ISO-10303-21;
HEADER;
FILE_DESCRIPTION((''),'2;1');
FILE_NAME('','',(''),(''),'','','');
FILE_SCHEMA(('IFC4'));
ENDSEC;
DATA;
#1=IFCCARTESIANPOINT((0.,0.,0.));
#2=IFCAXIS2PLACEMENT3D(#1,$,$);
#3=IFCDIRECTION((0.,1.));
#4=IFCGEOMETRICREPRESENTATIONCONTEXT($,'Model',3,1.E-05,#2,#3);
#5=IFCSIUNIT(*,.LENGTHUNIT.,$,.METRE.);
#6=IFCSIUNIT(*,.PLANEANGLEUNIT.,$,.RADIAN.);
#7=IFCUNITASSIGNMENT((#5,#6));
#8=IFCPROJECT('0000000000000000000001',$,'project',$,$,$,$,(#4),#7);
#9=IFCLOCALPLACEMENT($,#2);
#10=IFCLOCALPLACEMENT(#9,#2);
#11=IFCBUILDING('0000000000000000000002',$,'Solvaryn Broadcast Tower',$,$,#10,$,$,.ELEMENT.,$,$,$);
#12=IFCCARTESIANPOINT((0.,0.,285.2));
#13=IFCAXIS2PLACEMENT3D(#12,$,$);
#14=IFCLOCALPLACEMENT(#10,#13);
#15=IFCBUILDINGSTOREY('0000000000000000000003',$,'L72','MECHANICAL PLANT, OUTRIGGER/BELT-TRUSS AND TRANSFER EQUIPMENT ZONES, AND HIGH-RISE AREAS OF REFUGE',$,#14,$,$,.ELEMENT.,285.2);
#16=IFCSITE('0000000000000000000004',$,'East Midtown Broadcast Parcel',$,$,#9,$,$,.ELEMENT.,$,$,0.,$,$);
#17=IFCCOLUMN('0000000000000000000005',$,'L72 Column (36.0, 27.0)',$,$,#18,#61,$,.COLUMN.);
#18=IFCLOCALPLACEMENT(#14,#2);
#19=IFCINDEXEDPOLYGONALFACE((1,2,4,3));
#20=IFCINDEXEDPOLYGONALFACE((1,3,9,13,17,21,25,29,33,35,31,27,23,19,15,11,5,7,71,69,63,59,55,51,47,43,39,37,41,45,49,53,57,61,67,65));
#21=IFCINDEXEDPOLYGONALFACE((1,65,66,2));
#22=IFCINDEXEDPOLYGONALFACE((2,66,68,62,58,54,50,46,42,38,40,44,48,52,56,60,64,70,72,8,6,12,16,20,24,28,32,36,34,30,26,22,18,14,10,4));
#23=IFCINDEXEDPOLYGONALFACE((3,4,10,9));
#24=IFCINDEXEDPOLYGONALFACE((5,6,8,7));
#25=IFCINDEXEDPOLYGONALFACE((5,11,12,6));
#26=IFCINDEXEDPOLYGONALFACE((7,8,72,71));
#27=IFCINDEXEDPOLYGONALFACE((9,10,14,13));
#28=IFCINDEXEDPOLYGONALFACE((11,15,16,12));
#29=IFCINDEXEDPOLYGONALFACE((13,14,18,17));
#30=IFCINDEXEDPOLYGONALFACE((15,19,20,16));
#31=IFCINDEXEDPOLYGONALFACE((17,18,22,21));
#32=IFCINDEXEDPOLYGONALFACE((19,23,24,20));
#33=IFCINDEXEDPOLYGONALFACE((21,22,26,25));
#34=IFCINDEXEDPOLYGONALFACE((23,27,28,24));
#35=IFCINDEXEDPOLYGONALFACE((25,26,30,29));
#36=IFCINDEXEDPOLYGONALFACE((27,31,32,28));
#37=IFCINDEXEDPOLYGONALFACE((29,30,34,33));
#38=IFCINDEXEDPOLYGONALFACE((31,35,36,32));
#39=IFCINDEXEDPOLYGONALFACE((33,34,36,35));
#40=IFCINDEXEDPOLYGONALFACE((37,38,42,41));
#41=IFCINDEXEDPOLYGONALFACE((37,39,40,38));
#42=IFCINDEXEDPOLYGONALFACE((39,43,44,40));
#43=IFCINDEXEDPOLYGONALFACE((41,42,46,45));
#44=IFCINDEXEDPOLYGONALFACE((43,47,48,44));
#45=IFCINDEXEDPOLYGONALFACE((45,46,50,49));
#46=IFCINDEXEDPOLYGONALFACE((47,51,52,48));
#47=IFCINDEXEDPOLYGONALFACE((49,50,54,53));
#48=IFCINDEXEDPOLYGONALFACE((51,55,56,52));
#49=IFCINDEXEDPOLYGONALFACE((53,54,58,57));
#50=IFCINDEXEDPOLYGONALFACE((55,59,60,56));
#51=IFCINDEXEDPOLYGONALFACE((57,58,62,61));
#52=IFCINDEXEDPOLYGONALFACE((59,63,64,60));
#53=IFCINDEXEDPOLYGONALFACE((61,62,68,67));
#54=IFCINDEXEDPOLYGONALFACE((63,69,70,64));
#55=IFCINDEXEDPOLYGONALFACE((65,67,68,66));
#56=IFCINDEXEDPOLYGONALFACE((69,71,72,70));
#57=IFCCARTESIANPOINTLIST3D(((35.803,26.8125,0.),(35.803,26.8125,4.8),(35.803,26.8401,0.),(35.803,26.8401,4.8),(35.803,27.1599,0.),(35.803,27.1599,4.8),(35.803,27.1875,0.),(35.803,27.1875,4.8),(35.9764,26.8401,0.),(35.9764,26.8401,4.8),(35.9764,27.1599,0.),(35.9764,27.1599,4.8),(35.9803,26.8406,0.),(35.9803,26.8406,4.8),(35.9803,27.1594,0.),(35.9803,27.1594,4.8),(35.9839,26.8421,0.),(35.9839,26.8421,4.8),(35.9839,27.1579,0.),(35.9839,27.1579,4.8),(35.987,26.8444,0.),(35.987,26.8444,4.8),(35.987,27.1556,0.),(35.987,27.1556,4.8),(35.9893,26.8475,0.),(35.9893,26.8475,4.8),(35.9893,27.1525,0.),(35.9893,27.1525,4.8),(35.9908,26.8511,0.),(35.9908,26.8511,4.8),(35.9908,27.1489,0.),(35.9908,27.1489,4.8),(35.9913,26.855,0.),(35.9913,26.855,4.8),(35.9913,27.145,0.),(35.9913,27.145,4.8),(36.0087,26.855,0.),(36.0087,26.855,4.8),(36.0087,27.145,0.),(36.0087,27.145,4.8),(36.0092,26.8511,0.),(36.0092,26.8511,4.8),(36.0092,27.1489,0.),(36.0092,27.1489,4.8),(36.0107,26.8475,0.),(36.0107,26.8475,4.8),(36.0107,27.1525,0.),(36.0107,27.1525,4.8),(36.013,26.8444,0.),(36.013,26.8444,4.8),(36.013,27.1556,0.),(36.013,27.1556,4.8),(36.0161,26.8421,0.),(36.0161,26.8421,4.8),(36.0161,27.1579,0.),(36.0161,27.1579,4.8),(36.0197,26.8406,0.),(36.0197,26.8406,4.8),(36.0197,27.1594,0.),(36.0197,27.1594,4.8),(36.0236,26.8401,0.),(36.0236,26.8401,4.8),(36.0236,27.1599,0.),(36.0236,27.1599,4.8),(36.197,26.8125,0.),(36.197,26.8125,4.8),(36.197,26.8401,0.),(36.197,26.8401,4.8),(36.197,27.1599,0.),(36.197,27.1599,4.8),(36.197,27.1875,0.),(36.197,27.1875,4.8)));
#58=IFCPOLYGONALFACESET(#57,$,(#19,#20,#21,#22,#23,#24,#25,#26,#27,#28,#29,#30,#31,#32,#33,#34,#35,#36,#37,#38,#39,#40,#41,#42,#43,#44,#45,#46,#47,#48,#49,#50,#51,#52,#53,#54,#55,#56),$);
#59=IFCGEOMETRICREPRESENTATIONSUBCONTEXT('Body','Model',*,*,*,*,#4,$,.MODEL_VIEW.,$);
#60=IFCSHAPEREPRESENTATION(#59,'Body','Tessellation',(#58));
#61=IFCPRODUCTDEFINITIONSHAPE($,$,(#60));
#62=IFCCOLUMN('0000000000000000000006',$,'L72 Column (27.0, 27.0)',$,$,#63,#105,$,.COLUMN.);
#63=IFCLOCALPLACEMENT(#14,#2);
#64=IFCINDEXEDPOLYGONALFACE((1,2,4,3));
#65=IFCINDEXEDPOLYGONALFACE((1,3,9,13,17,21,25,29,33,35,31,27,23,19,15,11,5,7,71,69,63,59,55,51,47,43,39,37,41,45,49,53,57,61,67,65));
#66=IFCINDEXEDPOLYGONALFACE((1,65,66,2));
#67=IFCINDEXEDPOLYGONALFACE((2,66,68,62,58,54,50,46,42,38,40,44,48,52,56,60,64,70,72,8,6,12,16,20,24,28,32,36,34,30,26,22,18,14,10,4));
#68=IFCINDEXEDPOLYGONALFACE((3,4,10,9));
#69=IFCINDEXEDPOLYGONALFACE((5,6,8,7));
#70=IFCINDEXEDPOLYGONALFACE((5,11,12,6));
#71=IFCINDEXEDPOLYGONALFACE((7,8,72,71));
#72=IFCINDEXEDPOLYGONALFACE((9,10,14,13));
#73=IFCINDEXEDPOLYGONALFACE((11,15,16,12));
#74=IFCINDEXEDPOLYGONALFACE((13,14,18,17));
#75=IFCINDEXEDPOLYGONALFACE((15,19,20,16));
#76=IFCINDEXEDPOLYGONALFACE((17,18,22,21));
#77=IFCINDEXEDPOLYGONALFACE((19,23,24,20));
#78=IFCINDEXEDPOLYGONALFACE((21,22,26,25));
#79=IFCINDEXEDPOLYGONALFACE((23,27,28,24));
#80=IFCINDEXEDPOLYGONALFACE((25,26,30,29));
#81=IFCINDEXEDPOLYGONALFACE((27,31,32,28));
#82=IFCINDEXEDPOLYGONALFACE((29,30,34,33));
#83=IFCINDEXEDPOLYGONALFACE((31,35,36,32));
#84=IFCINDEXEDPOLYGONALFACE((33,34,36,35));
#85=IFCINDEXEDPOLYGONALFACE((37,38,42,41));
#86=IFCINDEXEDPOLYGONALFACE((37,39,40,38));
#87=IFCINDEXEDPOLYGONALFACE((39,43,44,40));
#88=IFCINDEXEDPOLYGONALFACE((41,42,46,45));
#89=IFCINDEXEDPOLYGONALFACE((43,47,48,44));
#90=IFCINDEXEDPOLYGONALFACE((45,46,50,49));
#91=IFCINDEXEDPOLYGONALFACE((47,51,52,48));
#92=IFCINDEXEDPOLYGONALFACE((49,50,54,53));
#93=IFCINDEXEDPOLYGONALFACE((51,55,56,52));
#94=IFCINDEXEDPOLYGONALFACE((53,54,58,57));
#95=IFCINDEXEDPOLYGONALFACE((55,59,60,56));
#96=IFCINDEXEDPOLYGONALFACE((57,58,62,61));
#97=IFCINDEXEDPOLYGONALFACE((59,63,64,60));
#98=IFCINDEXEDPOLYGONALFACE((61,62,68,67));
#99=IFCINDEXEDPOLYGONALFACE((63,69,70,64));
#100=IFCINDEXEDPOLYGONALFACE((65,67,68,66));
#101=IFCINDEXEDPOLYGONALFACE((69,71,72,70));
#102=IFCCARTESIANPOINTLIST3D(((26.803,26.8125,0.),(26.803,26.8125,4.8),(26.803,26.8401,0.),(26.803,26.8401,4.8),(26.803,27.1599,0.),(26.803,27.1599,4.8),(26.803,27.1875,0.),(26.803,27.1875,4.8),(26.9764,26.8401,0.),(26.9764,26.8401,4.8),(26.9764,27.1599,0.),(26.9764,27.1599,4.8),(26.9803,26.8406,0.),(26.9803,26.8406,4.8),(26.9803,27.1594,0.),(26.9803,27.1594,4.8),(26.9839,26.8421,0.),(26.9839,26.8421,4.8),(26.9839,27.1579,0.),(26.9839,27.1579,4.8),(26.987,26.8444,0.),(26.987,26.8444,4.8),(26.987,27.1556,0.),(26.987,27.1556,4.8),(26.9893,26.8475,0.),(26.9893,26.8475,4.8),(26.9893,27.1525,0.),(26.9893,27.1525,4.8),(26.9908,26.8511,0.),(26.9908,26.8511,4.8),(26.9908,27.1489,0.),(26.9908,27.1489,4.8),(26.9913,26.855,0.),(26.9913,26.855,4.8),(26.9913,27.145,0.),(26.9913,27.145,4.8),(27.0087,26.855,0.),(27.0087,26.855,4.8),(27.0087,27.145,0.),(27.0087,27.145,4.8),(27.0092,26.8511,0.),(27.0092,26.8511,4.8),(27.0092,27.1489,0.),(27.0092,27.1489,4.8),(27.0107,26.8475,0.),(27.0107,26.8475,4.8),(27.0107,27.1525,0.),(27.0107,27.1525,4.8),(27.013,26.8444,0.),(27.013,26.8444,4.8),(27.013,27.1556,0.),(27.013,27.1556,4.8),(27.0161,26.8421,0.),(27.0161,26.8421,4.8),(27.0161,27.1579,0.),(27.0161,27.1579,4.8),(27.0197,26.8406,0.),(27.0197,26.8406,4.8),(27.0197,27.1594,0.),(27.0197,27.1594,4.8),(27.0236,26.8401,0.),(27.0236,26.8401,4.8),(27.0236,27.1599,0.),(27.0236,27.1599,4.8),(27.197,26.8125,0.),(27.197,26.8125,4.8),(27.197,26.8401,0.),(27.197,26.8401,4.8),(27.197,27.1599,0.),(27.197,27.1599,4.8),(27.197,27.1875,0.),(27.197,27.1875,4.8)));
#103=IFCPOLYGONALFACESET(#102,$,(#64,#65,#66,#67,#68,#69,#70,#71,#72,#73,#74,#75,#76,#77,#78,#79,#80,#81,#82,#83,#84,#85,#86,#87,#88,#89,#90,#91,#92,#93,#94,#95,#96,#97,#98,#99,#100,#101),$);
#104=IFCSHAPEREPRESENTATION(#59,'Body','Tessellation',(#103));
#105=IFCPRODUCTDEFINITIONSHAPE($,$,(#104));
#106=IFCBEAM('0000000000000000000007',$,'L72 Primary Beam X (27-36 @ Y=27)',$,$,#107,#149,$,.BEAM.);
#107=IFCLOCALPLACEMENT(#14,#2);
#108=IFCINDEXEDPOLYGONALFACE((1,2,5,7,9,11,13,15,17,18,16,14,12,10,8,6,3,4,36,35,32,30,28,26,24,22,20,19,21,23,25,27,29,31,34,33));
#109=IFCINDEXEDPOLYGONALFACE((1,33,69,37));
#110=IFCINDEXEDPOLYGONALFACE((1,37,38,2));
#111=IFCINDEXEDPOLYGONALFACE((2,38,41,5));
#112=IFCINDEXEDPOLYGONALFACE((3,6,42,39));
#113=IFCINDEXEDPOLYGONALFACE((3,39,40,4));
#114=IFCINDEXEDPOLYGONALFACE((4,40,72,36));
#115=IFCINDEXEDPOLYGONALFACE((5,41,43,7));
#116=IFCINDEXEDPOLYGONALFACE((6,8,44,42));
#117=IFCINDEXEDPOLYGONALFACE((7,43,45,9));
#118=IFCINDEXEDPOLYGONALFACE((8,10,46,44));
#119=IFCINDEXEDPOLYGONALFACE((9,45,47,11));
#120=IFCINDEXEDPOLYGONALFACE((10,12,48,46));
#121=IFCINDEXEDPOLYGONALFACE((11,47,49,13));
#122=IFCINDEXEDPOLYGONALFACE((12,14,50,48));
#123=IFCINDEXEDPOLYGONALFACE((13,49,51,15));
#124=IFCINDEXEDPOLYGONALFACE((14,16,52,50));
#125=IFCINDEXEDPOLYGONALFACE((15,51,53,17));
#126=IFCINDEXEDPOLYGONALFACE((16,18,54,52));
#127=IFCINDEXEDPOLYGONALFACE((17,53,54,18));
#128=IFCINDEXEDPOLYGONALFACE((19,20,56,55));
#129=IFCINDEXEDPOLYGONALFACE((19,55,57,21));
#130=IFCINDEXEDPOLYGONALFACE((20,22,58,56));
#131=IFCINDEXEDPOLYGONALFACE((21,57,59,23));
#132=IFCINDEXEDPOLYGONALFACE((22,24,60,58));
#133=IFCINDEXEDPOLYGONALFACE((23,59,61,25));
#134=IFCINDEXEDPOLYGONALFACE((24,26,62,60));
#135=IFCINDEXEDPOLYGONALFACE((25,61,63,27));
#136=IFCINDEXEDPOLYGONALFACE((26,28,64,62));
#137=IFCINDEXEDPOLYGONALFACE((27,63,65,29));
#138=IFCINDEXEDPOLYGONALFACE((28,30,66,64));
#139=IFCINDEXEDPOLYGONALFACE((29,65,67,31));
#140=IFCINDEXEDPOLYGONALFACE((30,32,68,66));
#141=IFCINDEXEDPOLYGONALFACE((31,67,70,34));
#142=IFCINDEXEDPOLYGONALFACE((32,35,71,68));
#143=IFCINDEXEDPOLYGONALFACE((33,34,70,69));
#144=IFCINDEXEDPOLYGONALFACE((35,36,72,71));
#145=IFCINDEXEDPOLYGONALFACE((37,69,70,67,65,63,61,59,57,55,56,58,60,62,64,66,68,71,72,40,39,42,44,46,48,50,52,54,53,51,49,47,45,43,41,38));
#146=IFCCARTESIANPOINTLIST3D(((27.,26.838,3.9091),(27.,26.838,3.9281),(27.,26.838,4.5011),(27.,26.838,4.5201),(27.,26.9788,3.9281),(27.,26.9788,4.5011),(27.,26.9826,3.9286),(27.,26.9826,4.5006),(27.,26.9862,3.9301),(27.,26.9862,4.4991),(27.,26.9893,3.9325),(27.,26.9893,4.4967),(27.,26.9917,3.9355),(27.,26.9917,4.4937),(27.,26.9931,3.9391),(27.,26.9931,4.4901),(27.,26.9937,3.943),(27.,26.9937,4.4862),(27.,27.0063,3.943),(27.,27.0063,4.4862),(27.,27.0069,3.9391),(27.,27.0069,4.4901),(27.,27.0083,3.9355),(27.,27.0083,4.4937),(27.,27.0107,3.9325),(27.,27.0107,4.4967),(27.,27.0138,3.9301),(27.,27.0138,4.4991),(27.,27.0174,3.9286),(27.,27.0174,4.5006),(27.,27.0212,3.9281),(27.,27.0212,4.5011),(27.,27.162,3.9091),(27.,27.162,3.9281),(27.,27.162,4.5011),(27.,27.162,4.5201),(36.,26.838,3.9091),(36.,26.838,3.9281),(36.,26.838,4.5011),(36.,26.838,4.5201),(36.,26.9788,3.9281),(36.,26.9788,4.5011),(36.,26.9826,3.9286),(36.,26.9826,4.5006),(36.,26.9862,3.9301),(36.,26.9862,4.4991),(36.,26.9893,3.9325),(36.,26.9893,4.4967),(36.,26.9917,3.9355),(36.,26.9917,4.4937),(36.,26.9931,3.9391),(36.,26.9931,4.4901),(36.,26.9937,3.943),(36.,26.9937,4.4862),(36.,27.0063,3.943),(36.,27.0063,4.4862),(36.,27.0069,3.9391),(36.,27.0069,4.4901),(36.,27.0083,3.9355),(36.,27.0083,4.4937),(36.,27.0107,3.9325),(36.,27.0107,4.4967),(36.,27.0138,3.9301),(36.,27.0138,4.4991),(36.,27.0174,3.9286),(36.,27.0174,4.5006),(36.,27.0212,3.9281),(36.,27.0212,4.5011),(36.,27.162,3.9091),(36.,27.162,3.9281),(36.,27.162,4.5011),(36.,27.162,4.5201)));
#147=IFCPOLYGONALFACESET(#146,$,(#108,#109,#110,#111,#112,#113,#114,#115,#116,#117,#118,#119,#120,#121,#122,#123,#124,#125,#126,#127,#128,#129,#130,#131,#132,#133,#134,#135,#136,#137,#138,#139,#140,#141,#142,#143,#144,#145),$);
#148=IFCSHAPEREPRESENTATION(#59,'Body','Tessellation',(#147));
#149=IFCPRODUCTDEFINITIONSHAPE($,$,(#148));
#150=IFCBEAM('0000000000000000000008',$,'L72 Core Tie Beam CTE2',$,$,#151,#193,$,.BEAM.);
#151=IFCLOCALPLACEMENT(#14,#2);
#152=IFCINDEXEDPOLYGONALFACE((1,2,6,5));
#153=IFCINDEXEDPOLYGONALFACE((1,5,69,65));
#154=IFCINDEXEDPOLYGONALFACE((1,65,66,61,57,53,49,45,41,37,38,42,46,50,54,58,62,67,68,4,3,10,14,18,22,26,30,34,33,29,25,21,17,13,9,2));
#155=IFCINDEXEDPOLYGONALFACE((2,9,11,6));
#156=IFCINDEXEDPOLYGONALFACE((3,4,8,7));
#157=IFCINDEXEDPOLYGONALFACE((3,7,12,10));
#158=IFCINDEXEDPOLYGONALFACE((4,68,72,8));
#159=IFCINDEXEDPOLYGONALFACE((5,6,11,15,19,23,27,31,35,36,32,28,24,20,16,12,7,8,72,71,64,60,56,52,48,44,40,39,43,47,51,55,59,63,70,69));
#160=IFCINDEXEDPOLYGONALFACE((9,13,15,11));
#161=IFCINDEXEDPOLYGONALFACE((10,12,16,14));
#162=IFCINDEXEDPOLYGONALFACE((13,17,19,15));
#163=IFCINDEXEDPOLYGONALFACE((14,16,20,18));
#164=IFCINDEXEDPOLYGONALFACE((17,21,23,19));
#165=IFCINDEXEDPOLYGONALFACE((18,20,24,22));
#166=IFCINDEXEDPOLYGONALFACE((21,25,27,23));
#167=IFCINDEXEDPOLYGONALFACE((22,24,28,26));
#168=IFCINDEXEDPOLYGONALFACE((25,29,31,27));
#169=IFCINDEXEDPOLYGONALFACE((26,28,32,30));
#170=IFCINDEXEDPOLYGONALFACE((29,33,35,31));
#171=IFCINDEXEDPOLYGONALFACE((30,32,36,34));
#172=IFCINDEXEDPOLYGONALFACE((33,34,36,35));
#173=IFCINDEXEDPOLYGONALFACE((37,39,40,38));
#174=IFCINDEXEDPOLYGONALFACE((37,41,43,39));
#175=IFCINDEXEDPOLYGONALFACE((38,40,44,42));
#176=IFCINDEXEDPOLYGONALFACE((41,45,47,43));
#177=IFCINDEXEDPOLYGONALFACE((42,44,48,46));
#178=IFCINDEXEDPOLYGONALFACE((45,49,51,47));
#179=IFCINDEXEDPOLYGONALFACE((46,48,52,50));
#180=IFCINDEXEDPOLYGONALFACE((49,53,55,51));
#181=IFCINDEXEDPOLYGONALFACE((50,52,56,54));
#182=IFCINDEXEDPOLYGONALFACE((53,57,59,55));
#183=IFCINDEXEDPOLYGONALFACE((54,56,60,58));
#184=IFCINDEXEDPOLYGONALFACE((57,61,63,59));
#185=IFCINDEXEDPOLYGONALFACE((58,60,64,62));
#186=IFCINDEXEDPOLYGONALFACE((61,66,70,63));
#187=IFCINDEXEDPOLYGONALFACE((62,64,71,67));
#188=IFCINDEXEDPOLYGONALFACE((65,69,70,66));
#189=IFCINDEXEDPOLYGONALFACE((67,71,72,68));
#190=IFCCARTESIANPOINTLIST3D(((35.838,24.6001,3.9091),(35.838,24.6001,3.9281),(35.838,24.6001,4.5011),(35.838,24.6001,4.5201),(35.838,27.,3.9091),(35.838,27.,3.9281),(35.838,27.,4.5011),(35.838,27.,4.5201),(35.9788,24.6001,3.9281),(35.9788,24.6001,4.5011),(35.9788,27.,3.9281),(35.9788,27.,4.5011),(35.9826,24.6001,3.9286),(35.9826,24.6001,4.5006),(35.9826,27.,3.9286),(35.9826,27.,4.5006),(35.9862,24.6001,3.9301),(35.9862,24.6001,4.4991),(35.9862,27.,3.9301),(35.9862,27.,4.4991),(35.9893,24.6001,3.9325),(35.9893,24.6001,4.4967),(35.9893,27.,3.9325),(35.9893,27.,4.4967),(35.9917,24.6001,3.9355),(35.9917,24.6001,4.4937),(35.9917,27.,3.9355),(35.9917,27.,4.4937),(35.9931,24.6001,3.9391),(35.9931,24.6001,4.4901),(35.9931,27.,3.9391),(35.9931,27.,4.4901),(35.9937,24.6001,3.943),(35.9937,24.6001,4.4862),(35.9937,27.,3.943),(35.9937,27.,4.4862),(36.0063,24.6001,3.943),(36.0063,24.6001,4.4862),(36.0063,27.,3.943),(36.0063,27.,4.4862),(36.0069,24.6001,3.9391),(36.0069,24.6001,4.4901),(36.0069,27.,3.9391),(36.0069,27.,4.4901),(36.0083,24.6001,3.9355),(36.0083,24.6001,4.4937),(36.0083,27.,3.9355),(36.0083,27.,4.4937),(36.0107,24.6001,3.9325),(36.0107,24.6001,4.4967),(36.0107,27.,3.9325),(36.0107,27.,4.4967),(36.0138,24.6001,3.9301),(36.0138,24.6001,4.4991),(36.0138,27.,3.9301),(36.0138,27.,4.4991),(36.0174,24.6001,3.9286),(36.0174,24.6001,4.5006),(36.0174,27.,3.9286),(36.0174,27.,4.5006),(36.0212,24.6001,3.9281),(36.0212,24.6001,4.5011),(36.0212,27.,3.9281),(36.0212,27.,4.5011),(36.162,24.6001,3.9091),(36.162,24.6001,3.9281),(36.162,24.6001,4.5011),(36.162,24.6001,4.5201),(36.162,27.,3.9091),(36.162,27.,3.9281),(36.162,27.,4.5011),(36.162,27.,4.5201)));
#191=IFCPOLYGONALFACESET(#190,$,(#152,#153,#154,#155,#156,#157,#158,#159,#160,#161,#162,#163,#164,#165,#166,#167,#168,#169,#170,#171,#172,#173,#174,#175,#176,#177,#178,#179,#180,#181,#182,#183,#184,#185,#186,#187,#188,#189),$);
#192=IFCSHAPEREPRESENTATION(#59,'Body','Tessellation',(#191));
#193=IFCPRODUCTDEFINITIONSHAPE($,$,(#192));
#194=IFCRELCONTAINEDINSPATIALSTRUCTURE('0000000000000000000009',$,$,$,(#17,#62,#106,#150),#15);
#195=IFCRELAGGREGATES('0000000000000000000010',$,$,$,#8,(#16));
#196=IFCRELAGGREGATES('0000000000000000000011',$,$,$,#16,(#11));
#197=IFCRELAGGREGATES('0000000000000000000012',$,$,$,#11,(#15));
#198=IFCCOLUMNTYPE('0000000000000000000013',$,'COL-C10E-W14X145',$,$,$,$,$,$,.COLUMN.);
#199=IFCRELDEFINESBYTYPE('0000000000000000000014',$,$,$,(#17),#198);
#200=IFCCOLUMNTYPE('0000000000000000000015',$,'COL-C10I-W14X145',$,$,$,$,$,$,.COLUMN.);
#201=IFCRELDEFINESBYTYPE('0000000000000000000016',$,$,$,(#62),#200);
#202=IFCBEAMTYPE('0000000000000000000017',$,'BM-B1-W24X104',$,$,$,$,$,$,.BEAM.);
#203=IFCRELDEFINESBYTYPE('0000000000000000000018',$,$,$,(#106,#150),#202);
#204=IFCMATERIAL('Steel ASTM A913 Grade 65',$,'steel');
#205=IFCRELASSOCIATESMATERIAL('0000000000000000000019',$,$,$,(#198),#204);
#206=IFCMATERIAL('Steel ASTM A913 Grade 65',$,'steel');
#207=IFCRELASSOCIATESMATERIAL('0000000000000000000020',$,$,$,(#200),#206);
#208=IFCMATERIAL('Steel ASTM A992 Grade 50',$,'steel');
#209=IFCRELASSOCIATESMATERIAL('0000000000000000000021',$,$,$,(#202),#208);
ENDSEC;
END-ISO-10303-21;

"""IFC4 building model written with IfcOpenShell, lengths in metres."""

from ifc_helpers import new_model, si_unit, direction, frame, origin, origin_2d, place, context, subcontext, project, spatial, i_section, extrude, material, material_profile, profile_set, type_object, element, save


model = new_model("IFC4")

# Units and contexts
model_context = context("Model", 3, precision=1e-05, world=origin(), true_north=direction((0.0, 1.0)))
body_context = subcontext(model_context, "Body", "Model", "MODEL_VIEW")
ifc_project = project(units=[si_unit("LENGTHUNIT", "METRE"), si_unit("PLANEANGLEUNIT", "RADIAN")], contexts=[model_context])

# Site, building, storey
site_placement = place(None, origin())
site = spatial("IfcSite", under=ifc_project, at=site_placement, Name="East Midtown Broadcast Parcel", CompositionType="ELEMENT", RefElevation=0.0)
building_placement = place(site_placement, origin())
building = spatial("IfcBuilding", under=site, at=building_placement, Name="Solvaryn Broadcast Tower", CompositionType="ELEMENT")
storey_placement = place(building_placement, frame((0.0, 0.0, 285.2)))
storey = spatial("IfcBuildingStorey", under=building, at=storey_placement, Name="L72", Description="MECHANICAL PLANT, OUTRIGGER/BELT-TRUSS AND TRANSFER EQUIPMENT ZONES, AND HIGH-RISE AREAS OF REFUGE", CompositionType="ELEMENT", Elevation=285.2)

# Columns
ifc_material_1 = material(Name="Steel ASTM A913 Grade 65", Category="steel")
ifc_material_profile_1 = material_profile(ifc_material_1, i_section(OverallWidth=0.394, OverallDepth=0.375, WebThickness=0.0173, FlangeThickness=0.0276, FilletRadius=0.0149, at=origin_2d()))
ifc_profile_set_1 = profile_set([ifc_material_profile_1], Name="Steel ASTM A913 Grade 65")
column_type_1 = type_object("IfcColumnType", Name="COL-C10E-W14X145", PredefinedType="COLUMN", material=ifc_profile_set_1)
column_1_placement = place(storey_placement, frame((36.0, 27.0, 0.0), z_axis=(0.0, 0.0, 1.0), x_axis=(1.0, 0.0, 0.0)))
element("IfcColumn", 1, at=column_1_placement, inside=storey, type_object=column_type_1, Name="L72 Column (36.0, 27.0)", PredefinedType="COLUMN", context=body_context, shape_type="SweptSolid", body=[
    extrude(i_section(OverallWidth=0.394, OverallDepth=0.375, WebThickness=0.0173, FlangeThickness=0.0276, FilletRadius=0.0149, at=origin_2d()), origin(), (0.0, 0.0, 1.0), 4.8),
])
ifc_material_2 = material(Name="Steel ASTM A913 Grade 65", Category="steel")
ifc_material_profile_2 = material_profile(ifc_material_2, i_section(OverallWidth=0.394, OverallDepth=0.375, WebThickness=0.0173, FlangeThickness=0.0276, FilletRadius=0.0149, at=origin_2d()))
ifc_profile_set_2 = profile_set([ifc_material_profile_2], Name="Steel ASTM A913 Grade 65")
column_type_2 = type_object("IfcColumnType", Name="COL-C10I-W14X145", PredefinedType="COLUMN", material=ifc_profile_set_2)
column_2_placement = place(storey_placement, frame((27.0, 27.0, 0.0), z_axis=(0.0, 0.0, 1.0), x_axis=(1.0, 0.0, 0.0)))
element("IfcColumn", 2, at=column_2_placement, inside=storey, type_object=column_type_2, Name="L72 Column (27.0, 27.0)", PredefinedType="COLUMN", context=body_context, shape_type="SweptSolid", body=[
    extrude(i_section(OverallWidth=0.394, OverallDepth=0.375, WebThickness=0.0173, FlangeThickness=0.0276, FilletRadius=0.0149, at=origin_2d()), origin(), (0.0, 0.0, 1.0), 4.8),
])

# Beams
ifc_material_3 = material(Name="Steel ASTM A992 Grade 50", Category="steel")
ifc_material_profile_3 = material_profile(ifc_material_3, i_section(OverallWidth=0.324, OverallDepth=0.6111, WebThickness=0.0127, FlangeThickness=0.019, FilletRadius=0.0149, at=origin_2d()))
ifc_profile_set_3 = profile_set([ifc_material_profile_3], Name="Steel ASTM A992 Grade 50")
beam_type_1 = type_object("IfcBeamType", Name="BM-B1-W24X104", PredefinedType="BEAM", material=ifc_profile_set_3)
beam_1_placement = place(storey_placement, frame((27.0, 27.0, 4.2146), z_axis=(1.0, 0.0, 0.0), x_axis=(0.0, 1.0, 0.0)))
element("IfcBeam", 3, at=beam_1_placement, inside=storey, type_object=beam_type_1, Name="L72 Primary Beam X (27-36 @ Y=27)", PredefinedType="BEAM", context=body_context, shape_type="SweptSolid", body=[
    extrude(i_section(OverallWidth=0.324, OverallDepth=0.6111, WebThickness=0.0127, FlangeThickness=0.019, FilletRadius=0.0149, at=origin_2d()), origin(), (0.0, 0.0, 1.0), 9.0),
])
beam_2_placement = place(storey_placement, frame((36.0, 24.6001, 4.2146), z_axis=(0.0, 1.0, 0.0), x_axis=(-1.0, 0.0, 0.0)))
element("IfcBeam", 4, at=beam_2_placement, inside=storey, type_object=beam_type_1, Name="L72 Core Tie Beam CTE2", PredefinedType="BEAM", context=body_context, shape_type="SweptSolid", body=[
    extrude(i_section(OverallWidth=0.324, OverallDepth=0.6111, WebThickness=0.0127, FlangeThickness=0.019, FilletRadius=0.0149, at=origin_2d()), origin(), (0.0, 0.0, 1.0), 2.3999),
])

save(model, "model.ifc")
